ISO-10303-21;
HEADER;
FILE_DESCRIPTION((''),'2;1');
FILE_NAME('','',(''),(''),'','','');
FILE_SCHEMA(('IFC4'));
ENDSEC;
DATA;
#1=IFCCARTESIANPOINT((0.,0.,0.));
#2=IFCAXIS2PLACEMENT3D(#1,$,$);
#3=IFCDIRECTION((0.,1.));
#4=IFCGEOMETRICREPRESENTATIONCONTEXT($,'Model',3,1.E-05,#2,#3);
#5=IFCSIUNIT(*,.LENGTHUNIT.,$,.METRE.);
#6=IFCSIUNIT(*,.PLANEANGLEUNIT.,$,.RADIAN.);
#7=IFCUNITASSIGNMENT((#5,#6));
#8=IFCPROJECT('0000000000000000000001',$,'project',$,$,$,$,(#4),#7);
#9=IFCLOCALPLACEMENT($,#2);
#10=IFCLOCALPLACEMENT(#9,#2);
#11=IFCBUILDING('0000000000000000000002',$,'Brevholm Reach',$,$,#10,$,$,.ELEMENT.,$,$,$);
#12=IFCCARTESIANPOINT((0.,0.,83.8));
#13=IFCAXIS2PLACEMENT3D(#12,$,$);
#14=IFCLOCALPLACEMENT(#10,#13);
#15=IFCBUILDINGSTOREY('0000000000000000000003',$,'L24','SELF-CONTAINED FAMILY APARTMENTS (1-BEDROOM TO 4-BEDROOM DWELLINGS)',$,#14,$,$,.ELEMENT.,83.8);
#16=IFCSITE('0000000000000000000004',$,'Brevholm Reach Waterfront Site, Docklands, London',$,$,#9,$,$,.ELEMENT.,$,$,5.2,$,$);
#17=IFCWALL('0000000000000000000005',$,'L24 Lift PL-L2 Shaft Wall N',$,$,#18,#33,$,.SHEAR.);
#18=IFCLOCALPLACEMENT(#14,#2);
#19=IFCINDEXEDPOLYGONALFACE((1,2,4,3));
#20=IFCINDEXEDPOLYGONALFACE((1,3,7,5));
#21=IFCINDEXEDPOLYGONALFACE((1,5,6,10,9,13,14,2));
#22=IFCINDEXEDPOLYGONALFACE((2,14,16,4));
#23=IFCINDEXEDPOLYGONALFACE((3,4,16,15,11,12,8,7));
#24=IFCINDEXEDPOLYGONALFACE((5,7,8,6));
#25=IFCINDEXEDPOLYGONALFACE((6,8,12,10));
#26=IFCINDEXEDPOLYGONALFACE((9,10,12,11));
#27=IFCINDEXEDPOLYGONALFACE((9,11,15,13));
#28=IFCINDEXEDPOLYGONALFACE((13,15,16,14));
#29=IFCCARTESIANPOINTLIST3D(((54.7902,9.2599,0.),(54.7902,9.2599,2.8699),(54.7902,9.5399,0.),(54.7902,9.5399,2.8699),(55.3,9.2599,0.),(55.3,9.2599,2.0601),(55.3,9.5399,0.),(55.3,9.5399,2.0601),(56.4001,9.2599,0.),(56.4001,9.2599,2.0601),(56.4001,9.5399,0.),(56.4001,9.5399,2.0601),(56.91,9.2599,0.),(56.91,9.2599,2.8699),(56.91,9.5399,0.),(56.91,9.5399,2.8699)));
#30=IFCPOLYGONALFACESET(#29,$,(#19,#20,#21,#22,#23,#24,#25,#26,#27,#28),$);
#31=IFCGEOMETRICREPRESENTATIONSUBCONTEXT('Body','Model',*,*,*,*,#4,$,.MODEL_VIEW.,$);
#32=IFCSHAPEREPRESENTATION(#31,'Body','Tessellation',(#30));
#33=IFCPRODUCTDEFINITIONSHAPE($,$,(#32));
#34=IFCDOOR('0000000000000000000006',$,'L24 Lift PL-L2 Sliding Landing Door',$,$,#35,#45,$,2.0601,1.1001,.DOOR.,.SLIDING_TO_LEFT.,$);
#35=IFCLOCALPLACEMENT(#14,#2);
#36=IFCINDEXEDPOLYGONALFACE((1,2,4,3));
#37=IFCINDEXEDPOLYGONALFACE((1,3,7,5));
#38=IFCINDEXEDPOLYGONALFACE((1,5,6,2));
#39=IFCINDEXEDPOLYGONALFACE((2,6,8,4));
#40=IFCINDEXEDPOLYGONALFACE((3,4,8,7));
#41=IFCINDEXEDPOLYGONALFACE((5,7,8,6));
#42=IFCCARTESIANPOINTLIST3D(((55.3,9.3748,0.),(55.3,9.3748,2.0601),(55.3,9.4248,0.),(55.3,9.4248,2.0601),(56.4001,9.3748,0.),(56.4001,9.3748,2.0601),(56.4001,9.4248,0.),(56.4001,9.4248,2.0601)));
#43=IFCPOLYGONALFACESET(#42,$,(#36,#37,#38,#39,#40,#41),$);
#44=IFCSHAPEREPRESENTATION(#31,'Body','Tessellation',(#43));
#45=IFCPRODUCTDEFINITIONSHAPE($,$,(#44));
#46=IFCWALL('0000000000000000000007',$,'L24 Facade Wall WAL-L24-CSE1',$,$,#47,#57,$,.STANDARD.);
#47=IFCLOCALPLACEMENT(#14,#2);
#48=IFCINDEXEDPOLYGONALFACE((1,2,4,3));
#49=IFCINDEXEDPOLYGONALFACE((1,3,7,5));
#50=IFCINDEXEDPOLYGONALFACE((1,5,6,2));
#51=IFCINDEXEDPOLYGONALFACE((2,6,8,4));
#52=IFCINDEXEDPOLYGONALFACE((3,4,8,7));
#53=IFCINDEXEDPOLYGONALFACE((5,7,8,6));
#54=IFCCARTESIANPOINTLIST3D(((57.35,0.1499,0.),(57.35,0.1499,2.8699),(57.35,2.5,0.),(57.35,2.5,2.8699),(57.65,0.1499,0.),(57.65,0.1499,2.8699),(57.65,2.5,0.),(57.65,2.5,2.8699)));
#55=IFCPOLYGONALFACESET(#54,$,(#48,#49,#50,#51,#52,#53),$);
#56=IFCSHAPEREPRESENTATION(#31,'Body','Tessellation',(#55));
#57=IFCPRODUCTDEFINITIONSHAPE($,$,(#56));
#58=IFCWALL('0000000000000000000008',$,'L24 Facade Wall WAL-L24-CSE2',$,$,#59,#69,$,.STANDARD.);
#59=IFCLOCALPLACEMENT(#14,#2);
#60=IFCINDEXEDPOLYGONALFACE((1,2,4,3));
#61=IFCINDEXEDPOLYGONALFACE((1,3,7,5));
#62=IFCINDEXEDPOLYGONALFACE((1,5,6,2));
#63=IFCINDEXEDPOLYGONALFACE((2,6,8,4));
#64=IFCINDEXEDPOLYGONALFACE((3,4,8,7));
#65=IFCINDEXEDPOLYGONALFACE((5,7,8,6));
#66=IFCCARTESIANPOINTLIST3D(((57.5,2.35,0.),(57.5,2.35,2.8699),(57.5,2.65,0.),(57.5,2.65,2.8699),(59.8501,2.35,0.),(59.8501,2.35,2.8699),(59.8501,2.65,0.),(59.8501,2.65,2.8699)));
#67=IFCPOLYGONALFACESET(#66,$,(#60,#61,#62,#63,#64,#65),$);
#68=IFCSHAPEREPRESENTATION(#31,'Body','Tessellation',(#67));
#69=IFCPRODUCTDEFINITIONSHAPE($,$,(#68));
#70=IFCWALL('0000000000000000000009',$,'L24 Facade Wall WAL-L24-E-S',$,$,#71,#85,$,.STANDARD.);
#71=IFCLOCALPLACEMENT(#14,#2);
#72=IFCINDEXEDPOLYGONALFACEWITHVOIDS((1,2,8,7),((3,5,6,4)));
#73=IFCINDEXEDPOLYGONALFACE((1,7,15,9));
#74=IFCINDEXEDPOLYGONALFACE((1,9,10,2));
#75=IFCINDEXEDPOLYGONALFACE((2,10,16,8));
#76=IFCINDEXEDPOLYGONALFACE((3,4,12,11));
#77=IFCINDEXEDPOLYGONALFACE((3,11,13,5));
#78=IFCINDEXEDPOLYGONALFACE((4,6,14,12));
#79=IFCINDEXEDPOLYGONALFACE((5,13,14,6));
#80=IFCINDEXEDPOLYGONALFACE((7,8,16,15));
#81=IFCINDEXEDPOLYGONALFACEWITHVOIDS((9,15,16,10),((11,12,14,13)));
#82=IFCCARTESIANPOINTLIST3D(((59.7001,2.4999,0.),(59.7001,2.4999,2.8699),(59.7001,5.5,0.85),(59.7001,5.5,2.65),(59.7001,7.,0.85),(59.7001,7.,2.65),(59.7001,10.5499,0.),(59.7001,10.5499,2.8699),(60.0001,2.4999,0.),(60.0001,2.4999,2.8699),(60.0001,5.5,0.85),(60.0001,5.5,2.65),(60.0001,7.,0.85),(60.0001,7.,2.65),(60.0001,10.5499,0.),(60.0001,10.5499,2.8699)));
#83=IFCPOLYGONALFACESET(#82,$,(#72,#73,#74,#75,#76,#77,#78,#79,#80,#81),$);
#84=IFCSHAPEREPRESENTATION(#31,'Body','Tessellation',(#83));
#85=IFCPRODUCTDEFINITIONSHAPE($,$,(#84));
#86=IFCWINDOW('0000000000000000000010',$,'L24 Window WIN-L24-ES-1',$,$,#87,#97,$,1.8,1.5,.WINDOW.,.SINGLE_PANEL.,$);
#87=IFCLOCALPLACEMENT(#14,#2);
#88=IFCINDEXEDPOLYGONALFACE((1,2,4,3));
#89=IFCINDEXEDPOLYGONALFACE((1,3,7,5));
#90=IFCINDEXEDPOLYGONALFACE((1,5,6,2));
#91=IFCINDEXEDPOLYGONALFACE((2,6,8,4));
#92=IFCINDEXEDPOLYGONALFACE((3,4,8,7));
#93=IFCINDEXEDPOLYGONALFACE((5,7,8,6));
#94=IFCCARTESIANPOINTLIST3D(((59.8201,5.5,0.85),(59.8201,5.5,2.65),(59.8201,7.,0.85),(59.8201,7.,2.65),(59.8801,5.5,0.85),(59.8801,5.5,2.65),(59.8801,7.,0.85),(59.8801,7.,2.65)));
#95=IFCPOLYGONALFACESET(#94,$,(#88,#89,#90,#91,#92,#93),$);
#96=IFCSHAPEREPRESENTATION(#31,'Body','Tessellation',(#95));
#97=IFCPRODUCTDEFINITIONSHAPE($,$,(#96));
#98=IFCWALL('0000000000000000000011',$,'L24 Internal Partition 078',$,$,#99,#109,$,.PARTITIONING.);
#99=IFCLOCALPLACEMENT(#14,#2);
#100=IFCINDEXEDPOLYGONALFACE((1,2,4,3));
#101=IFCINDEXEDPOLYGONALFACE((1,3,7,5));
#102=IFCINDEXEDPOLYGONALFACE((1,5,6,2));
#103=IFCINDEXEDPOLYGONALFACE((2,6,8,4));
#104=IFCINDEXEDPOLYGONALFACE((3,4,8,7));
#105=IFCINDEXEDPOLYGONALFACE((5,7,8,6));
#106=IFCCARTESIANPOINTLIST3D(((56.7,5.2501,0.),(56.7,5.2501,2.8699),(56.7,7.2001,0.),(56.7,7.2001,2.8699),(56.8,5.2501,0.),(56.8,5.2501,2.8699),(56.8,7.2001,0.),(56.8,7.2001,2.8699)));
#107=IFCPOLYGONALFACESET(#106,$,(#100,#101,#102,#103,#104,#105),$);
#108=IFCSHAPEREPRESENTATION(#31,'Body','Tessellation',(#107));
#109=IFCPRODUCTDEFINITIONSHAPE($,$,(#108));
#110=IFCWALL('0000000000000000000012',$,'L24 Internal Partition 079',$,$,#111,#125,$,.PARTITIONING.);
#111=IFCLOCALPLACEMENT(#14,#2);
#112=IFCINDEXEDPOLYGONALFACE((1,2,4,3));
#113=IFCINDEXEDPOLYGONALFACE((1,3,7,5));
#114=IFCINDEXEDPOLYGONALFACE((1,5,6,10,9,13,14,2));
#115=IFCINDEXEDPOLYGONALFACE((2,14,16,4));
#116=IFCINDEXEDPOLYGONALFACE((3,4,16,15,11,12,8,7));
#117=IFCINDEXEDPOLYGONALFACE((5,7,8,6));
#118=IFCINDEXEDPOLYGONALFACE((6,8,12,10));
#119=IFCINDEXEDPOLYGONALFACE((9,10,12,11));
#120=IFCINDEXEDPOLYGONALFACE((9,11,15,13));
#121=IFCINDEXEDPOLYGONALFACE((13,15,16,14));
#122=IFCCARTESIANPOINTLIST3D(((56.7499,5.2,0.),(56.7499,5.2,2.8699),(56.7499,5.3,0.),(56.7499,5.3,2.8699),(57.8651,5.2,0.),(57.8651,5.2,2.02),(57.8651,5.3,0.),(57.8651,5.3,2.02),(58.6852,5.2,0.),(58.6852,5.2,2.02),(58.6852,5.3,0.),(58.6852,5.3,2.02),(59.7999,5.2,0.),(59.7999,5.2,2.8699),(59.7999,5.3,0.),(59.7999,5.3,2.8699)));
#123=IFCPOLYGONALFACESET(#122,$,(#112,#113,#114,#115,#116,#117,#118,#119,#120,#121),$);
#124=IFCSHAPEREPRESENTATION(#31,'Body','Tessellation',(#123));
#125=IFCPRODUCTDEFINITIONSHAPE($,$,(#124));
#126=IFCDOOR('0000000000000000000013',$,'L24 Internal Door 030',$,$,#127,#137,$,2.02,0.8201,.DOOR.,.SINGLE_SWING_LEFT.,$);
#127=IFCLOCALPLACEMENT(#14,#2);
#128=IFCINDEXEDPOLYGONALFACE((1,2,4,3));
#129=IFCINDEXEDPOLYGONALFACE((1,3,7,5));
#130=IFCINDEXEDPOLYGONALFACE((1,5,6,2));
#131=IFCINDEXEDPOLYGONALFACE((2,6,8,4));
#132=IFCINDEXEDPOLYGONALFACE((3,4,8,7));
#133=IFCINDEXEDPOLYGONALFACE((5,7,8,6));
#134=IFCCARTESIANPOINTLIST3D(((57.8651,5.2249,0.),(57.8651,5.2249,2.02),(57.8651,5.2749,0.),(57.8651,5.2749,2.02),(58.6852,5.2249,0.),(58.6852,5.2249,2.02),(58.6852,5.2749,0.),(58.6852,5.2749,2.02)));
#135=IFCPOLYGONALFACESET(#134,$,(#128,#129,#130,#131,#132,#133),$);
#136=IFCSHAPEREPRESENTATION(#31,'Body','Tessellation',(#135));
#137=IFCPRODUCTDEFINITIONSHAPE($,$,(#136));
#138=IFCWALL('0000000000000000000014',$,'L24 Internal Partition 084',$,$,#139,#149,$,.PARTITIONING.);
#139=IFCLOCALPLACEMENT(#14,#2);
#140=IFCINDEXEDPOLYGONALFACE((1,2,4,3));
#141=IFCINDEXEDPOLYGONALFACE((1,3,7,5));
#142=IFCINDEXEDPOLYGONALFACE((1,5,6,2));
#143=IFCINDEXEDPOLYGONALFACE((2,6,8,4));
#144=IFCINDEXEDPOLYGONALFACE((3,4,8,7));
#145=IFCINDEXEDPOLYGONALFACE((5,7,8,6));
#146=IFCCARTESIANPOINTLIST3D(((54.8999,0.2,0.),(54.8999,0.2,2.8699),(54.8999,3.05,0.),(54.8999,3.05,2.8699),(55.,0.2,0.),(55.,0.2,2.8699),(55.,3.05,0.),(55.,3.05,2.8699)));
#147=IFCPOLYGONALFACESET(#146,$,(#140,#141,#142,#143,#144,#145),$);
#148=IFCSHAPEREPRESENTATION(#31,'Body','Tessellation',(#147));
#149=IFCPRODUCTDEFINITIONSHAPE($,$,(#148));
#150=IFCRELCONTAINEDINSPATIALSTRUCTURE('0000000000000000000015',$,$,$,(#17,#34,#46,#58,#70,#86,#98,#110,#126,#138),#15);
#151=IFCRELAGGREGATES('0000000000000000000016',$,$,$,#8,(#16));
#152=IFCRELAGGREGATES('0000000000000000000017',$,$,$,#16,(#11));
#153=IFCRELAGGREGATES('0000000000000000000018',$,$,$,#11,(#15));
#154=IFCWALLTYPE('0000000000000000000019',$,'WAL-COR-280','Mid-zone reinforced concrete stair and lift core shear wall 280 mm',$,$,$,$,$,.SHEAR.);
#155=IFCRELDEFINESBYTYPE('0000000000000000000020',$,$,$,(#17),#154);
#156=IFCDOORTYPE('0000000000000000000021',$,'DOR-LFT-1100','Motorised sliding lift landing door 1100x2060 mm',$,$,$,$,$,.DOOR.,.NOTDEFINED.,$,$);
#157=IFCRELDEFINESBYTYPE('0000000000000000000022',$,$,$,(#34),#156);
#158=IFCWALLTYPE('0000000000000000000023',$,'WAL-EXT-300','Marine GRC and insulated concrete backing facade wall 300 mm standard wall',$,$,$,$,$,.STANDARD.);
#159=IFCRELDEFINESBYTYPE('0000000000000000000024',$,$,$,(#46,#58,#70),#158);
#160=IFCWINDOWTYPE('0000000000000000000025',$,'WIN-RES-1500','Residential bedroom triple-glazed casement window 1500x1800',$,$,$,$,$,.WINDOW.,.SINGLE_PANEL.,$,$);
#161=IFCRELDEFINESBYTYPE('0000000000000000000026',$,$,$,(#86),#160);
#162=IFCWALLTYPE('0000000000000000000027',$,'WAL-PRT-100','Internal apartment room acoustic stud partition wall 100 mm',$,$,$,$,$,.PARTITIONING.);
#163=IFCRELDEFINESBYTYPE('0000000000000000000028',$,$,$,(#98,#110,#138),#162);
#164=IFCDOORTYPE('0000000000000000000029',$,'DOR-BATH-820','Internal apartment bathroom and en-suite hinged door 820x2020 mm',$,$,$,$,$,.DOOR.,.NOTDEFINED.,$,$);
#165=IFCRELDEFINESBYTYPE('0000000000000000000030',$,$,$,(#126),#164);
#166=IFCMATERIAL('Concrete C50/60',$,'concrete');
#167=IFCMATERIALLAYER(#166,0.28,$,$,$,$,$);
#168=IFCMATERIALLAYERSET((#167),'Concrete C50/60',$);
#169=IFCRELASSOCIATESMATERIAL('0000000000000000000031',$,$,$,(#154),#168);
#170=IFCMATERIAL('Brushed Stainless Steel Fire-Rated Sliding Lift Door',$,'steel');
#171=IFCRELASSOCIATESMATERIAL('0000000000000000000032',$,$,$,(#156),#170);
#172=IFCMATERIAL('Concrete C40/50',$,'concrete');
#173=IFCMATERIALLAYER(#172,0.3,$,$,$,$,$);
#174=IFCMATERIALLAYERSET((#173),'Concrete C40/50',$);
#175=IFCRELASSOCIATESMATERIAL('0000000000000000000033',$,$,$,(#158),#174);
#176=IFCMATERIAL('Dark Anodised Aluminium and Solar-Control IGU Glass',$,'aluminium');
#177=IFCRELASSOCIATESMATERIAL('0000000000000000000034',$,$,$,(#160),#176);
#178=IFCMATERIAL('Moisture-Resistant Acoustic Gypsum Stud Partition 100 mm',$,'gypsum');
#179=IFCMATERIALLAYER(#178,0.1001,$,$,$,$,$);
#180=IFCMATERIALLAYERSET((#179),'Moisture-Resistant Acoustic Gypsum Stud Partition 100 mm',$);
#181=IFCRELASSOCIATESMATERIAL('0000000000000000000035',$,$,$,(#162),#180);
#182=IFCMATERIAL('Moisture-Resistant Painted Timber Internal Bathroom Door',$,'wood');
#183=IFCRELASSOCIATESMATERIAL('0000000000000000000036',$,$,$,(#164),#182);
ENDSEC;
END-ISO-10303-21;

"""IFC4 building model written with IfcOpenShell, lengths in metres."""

from ifc_helpers import new_model, si_unit, direction, frame, frame_2d, origin, place, context, subcontext, project, spatial, rectangle, extrude, material, layer, layer_set, type_object, element, fill, save


model = new_model("IFC4")

# Units and contexts
model_context = context("Model", 3, precision=1e-05, world=origin(), true_north=direction((0.0, 1.0)))
body_context = subcontext(model_context, "Body", "Model", "MODEL_VIEW")
ifc_project = project(units=[si_unit("LENGTHUNIT", "METRE"), si_unit("PLANEANGLEUNIT", "RADIAN")], contexts=[model_context])

# Site, building, storey
site_placement = place(None, origin())
site = spatial("IfcSite", under=ifc_project, at=site_placement, Name="Brevholm Reach Waterfront Site, Docklands, London", CompositionType="ELEMENT", RefElevation=5.2)
building_placement = place(site_placement, origin())
building = spatial("IfcBuilding", under=site, at=building_placement, Name="Brevholm Reach", CompositionType="ELEMENT")
storey_placement = place(building_placement, frame((0.0, 0.0, 83.8)))
storey = spatial("IfcBuildingStorey", under=building, at=storey_placement, Name="L24", Description="SELF-CONTAINED FAMILY APARTMENTS (1-BEDROOM TO 4-BEDROOM DWELLINGS)", CompositionType="ELEMENT", Elevation=83.8)

# Shared definitions
ifc_material_1 = material(Name="Concrete C50/60", Category="concrete")
ifc_layer_1 = layer(ifc_material_1, 0.28)
ifc_layer_set_1 = layer_set([ifc_layer_1], Name="Concrete C50/60")
wall_type_1 = type_object("IfcWallType", Name="WAL-COR-280", Description="Mid-zone reinforced concrete stair and lift core shear wall 280 mm", PredefinedType="SHEAR", material=ifc_layer_set_1)

# Wall, opening, door
wall_1_placement = place(storey_placement, frame((54.79, 9.3999, 0.0), z_axis=(0.0, 0.0, 1.0), x_axis=(1.0, 0.0, 0.0)))
wall_1 = element("IfcWall", 1, at=wall_1_placement, inside=storey, type_object=wall_type_1, Name="L24 Lift PL-L2 Shaft Wall N", PredefinedType="SHEAR", context=body_context, shape_type="SweptSolid", body=[
    extrude(rectangle(XDim=2.1199, YDim=0.28, at=frame_2d((1.0601, 0.0))), origin(), (0.0, 0.0, 1.0), 2.8699),
])
opening_1_placement = place(wall_1_placement, frame((0.51, 0.0, 0.0)))
opening_1 = element("IfcOpeningElement", 2, at=opening_1_placement, cuts=wall_1, PredefinedType="OPENING", context=body_context, shape_type="SweptSolid", body=[
    extrude(rectangle(XDim=1.1001, YDim=2.0601, at=frame_2d((0.55, 1.03))), frame((0.0, 0.1499, 0.0), z_axis=(0.0, -1.0, 0.0), x_axis=(1.0, 0.0, 0.0)), (0.0, 0.0, 1.0), 0.3),
])
ifc_material_2 = material(Name="Brushed Stainless Steel Fire-Rated Sliding Lift Door", Category="steel")
door_type_1 = type_object("IfcDoorType", Name="DOR-LFT-1100", Description="Motorised sliding lift landing door 1100x2060 mm", OperationType="NOTDEFINED", PredefinedType="DOOR", material=ifc_material_2)
door_1_placement = place(opening_1_placement, origin())
door_1 = element("IfcDoor", 3, at=door_1_placement, inside=storey, type_object=door_type_1, Name="L24 Lift PL-L2 Sliding Landing Door", OperationType="SLIDING_TO_LEFT", OverallHeight=2.0601, OverallWidth=1.1001, PredefinedType="DOOR", context=body_context, shape_type="SweptSolid", body=[
    extrude(rectangle(XDim=1.1001, YDim=2.0601, at=frame_2d((0.55, 1.03))), frame((0.0, 0.0249, 0.0), z_axis=(0.0, -1.0, 0.0), x_axis=(1.0, 0.0, 0.0)), (0.0, 0.0, 1.0), 0.05),
])
fill(opening_1, door_1)

# Walls
ifc_material_3 = material(Name="Concrete C40/50", Category="concrete")
ifc_layer_2 = layer(ifc_material_3, 0.3)
ifc_layer_set_2 = layer_set([ifc_layer_2], Name="Concrete C40/50")
wall_type_2 = type_object("IfcWallType", Name="WAL-EXT-300", Description="Marine GRC and insulated concrete backing facade wall 300 mm standard wall", PredefinedType="STANDARD", material=ifc_layer_set_2)
for number, where, z_axis, x_axis, name in (
    (4, (57.5, 0.1499, 0.0), (0.0, 0.0, 1.0), (0.0, 1.0, 0.0), "L24 Facade Wall WAL-L24-CSE1"),
    (5, (57.5, 2.5, 0.0), (0.0, 0.0, 1.0), (1.0, 0.0, 0.0), "L24 Facade Wall WAL-L24-CSE2"),
):
    element("IfcWall", number, at=place(storey_placement, frame(where, z_axis=z_axis, x_axis=x_axis)), inside=storey, type_object=wall_type_2, Name=name, PredefinedType="STANDARD", context=body_context, shape_type="SweptSolid", body=[
        extrude(rectangle(XDim=2.3501, YDim=0.3, at=frame_2d((1.175, 0.0))), origin(), (0.0, 0.0, 1.0), 2.8699),
    ])

# Wall, opening, window
wall_2_placement = place(storey_placement, frame((59.8501, 2.5, 0.0), z_axis=(0.0, 0.0, 1.0), x_axis=(0.0, 1.0, 0.0)))
wall_2 = element("IfcWall", 6, at=wall_2_placement, inside=storey, type_object=wall_type_2, Name="L24 Facade Wall WAL-L24-E-S", PredefinedType="STANDARD", context=body_context, shape_type="SweptSolid", body=[
    extrude(rectangle(XDim=8.05, YDim=0.3, at=frame_2d((4.0249, 0.0))), origin(), (0.0, 0.0, 1.0), 2.8699),
])
opening_2_placement = place(wall_2_placement, frame((3.0, 0.0, 0.8501)))
opening_2 = element("IfcOpeningElement", 7, at=opening_2_placement, cuts=wall_2, PredefinedType="OPENING", context=body_context, shape_type="SweptSolid", body=[
    extrude(rectangle(XDim=1.5, YDim=1.8, at=frame_2d((0.75, 0.8999))), frame((0.0, 0.1599, 0.0), z_axis=(0.0, -1.0, 0.0), x_axis=(1.0, 0.0, 0.0)), (0.0, 0.0, 1.0), 0.3201),
])
ifc_material_4 = material(Name="Dark Anodised Aluminium and Solar-Control IGU Glass", Category="aluminium")
window_type = type_object("IfcWindowType", Name="WIN-RES-1500", Description="Residential bedroom triple-glazed casement window 1500x1800", PartitioningType="SINGLE_PANEL", PredefinedType="WINDOW", material=ifc_material_4)
window_placement = place(opening_2_placement, origin())
window = element("IfcWindow", 8, at=window_placement, inside=storey, type_object=window_type, Name="L24 Window WIN-L24-ES-1", OverallHeight=1.8, OverallWidth=1.5, PartitioningType="SINGLE_PANEL", PredefinedType="WINDOW", context=body_context, shape_type="SweptSolid", body=[
    extrude(rectangle(XDim=1.5, YDim=1.8, at=frame_2d((0.75, 0.8999))), frame((0.0, 0.03, 0.0), z_axis=(0.0, -1.0, 0.0), x_axis=(1.0, 0.0, 0.0)), (0.0, 0.0, 1.0), 0.0601),
])
fill(opening_2, window)

# Wall
ifc_material_5 = material(Name="Moisture-Resistant Acoustic Gypsum Stud Partition 100 mm", Category="gypsum")
ifc_layer_3 = layer(ifc_material_5, 0.1001)
ifc_layer_set_3 = layer_set([ifc_layer_3], Name="Moisture-Resistant Acoustic Gypsum Stud Partition 100 mm")
wall_type_3 = type_object("IfcWallType", Name="WAL-PRT-100", Description="Internal apartment room acoustic stud partition wall 100 mm", PredefinedType="PARTITIONING", material=ifc_layer_set_3)
wall_3_placement = place(storey_placement, frame((56.75, 5.25, 0.0), z_axis=(0.0, 0.0, 1.0), x_axis=(0.0, 1.0, 0.0)))
element("IfcWall", 9, at=wall_3_placement, inside=storey, type_object=wall_type_3, Name="L24 Internal Partition 078", PredefinedType="PARTITIONING", context=body_context, shape_type="SweptSolid", body=[
    extrude(rectangle(XDim=1.95, YDim=0.1001, at=frame_2d((0.9751, 0.0))), origin(), (0.0, 0.0, 1.0), 2.8699),
])

# Wall, opening, door
wall_4_placement = place(storey_placement, frame((56.75, 5.25, 0.0), z_axis=(0.0, 0.0, 1.0), x_axis=(1.0, 0.0, 0.0)))
wall_4 = element("IfcWall", 10, at=wall_4_placement, inside=storey, type_object=wall_type_3, Name="L24 Internal Partition 079", PredefinedType="PARTITIONING", context=body_context, shape_type="SweptSolid", body=[
    extrude(rectangle(XDim=3.05, YDim=0.1001, at=frame_2d((1.5249, 0.0))), origin(), (0.0, 0.0, 1.0), 2.8699),
])
opening_3_placement = place(wall_4_placement, frame((1.115, 0.0, 0.0)))
opening_3 = element("IfcOpeningElement", 11, at=opening_3_placement, cuts=wall_4, PredefinedType="OPENING", context=body_context, shape_type="SweptSolid", body=[
    extrude(rectangle(XDim=0.8201, YDim=2.02, at=frame_2d((0.4102, 1.01))), frame((0.0, 0.0601, 0.0), z_axis=(0.0, -1.0, 0.0), x_axis=(1.0, 0.0, 0.0)), (0.0, 0.0, 1.0), 0.1201),
])
ifc_material_6 = material(Name="Moisture-Resistant Painted Timber Internal Bathroom Door", Category="wood")
door_type_2 = type_object("IfcDoorType", Name="DOR-BATH-820", Description="Internal apartment bathroom and en-suite hinged door 820x2020 mm", OperationType="NOTDEFINED", PredefinedType="DOOR", material=ifc_material_6)
door_2_placement = place(opening_3_placement, origin())
door_2 = element("IfcDoor", 12, at=door_2_placement, inside=storey, type_object=door_type_2, Name="L24 Internal Door 030", OperationType="SINGLE_SWING_LEFT", OverallHeight=2.02, OverallWidth=0.8201, PredefinedType="DOOR", context=body_context, shape_type="SweptSolid", body=[
    extrude(rectangle(XDim=0.8201, YDim=2.02, at=frame_2d((0.4102, 1.01))), frame((0.0, 0.0249, 0.0), z_axis=(0.0, -1.0, 0.0), x_axis=(1.0, 0.0, 0.0)), (0.0, 0.0, 1.0), 0.05),
])
fill(opening_3, door_2)

# Wall
wall_5_placement = place(storey_placement, frame((54.95, 0.2, 0.0), z_axis=(0.0, 0.0, 1.0), x_axis=(0.0, 1.0, 0.0)))
element("IfcWall", 13, at=wall_5_placement, inside=storey, type_object=wall_type_3, Name="L24 Internal Partition 084", PredefinedType="PARTITIONING", context=body_context, shape_type="SweptSolid", body=[
    extrude(rectangle(XDim=2.8501, YDim=0.1001, at=frame_2d((1.425, 0.0))), origin(), (0.0, 0.0, 1.0), 2.8699),
])

save(model, "model.ifc")
